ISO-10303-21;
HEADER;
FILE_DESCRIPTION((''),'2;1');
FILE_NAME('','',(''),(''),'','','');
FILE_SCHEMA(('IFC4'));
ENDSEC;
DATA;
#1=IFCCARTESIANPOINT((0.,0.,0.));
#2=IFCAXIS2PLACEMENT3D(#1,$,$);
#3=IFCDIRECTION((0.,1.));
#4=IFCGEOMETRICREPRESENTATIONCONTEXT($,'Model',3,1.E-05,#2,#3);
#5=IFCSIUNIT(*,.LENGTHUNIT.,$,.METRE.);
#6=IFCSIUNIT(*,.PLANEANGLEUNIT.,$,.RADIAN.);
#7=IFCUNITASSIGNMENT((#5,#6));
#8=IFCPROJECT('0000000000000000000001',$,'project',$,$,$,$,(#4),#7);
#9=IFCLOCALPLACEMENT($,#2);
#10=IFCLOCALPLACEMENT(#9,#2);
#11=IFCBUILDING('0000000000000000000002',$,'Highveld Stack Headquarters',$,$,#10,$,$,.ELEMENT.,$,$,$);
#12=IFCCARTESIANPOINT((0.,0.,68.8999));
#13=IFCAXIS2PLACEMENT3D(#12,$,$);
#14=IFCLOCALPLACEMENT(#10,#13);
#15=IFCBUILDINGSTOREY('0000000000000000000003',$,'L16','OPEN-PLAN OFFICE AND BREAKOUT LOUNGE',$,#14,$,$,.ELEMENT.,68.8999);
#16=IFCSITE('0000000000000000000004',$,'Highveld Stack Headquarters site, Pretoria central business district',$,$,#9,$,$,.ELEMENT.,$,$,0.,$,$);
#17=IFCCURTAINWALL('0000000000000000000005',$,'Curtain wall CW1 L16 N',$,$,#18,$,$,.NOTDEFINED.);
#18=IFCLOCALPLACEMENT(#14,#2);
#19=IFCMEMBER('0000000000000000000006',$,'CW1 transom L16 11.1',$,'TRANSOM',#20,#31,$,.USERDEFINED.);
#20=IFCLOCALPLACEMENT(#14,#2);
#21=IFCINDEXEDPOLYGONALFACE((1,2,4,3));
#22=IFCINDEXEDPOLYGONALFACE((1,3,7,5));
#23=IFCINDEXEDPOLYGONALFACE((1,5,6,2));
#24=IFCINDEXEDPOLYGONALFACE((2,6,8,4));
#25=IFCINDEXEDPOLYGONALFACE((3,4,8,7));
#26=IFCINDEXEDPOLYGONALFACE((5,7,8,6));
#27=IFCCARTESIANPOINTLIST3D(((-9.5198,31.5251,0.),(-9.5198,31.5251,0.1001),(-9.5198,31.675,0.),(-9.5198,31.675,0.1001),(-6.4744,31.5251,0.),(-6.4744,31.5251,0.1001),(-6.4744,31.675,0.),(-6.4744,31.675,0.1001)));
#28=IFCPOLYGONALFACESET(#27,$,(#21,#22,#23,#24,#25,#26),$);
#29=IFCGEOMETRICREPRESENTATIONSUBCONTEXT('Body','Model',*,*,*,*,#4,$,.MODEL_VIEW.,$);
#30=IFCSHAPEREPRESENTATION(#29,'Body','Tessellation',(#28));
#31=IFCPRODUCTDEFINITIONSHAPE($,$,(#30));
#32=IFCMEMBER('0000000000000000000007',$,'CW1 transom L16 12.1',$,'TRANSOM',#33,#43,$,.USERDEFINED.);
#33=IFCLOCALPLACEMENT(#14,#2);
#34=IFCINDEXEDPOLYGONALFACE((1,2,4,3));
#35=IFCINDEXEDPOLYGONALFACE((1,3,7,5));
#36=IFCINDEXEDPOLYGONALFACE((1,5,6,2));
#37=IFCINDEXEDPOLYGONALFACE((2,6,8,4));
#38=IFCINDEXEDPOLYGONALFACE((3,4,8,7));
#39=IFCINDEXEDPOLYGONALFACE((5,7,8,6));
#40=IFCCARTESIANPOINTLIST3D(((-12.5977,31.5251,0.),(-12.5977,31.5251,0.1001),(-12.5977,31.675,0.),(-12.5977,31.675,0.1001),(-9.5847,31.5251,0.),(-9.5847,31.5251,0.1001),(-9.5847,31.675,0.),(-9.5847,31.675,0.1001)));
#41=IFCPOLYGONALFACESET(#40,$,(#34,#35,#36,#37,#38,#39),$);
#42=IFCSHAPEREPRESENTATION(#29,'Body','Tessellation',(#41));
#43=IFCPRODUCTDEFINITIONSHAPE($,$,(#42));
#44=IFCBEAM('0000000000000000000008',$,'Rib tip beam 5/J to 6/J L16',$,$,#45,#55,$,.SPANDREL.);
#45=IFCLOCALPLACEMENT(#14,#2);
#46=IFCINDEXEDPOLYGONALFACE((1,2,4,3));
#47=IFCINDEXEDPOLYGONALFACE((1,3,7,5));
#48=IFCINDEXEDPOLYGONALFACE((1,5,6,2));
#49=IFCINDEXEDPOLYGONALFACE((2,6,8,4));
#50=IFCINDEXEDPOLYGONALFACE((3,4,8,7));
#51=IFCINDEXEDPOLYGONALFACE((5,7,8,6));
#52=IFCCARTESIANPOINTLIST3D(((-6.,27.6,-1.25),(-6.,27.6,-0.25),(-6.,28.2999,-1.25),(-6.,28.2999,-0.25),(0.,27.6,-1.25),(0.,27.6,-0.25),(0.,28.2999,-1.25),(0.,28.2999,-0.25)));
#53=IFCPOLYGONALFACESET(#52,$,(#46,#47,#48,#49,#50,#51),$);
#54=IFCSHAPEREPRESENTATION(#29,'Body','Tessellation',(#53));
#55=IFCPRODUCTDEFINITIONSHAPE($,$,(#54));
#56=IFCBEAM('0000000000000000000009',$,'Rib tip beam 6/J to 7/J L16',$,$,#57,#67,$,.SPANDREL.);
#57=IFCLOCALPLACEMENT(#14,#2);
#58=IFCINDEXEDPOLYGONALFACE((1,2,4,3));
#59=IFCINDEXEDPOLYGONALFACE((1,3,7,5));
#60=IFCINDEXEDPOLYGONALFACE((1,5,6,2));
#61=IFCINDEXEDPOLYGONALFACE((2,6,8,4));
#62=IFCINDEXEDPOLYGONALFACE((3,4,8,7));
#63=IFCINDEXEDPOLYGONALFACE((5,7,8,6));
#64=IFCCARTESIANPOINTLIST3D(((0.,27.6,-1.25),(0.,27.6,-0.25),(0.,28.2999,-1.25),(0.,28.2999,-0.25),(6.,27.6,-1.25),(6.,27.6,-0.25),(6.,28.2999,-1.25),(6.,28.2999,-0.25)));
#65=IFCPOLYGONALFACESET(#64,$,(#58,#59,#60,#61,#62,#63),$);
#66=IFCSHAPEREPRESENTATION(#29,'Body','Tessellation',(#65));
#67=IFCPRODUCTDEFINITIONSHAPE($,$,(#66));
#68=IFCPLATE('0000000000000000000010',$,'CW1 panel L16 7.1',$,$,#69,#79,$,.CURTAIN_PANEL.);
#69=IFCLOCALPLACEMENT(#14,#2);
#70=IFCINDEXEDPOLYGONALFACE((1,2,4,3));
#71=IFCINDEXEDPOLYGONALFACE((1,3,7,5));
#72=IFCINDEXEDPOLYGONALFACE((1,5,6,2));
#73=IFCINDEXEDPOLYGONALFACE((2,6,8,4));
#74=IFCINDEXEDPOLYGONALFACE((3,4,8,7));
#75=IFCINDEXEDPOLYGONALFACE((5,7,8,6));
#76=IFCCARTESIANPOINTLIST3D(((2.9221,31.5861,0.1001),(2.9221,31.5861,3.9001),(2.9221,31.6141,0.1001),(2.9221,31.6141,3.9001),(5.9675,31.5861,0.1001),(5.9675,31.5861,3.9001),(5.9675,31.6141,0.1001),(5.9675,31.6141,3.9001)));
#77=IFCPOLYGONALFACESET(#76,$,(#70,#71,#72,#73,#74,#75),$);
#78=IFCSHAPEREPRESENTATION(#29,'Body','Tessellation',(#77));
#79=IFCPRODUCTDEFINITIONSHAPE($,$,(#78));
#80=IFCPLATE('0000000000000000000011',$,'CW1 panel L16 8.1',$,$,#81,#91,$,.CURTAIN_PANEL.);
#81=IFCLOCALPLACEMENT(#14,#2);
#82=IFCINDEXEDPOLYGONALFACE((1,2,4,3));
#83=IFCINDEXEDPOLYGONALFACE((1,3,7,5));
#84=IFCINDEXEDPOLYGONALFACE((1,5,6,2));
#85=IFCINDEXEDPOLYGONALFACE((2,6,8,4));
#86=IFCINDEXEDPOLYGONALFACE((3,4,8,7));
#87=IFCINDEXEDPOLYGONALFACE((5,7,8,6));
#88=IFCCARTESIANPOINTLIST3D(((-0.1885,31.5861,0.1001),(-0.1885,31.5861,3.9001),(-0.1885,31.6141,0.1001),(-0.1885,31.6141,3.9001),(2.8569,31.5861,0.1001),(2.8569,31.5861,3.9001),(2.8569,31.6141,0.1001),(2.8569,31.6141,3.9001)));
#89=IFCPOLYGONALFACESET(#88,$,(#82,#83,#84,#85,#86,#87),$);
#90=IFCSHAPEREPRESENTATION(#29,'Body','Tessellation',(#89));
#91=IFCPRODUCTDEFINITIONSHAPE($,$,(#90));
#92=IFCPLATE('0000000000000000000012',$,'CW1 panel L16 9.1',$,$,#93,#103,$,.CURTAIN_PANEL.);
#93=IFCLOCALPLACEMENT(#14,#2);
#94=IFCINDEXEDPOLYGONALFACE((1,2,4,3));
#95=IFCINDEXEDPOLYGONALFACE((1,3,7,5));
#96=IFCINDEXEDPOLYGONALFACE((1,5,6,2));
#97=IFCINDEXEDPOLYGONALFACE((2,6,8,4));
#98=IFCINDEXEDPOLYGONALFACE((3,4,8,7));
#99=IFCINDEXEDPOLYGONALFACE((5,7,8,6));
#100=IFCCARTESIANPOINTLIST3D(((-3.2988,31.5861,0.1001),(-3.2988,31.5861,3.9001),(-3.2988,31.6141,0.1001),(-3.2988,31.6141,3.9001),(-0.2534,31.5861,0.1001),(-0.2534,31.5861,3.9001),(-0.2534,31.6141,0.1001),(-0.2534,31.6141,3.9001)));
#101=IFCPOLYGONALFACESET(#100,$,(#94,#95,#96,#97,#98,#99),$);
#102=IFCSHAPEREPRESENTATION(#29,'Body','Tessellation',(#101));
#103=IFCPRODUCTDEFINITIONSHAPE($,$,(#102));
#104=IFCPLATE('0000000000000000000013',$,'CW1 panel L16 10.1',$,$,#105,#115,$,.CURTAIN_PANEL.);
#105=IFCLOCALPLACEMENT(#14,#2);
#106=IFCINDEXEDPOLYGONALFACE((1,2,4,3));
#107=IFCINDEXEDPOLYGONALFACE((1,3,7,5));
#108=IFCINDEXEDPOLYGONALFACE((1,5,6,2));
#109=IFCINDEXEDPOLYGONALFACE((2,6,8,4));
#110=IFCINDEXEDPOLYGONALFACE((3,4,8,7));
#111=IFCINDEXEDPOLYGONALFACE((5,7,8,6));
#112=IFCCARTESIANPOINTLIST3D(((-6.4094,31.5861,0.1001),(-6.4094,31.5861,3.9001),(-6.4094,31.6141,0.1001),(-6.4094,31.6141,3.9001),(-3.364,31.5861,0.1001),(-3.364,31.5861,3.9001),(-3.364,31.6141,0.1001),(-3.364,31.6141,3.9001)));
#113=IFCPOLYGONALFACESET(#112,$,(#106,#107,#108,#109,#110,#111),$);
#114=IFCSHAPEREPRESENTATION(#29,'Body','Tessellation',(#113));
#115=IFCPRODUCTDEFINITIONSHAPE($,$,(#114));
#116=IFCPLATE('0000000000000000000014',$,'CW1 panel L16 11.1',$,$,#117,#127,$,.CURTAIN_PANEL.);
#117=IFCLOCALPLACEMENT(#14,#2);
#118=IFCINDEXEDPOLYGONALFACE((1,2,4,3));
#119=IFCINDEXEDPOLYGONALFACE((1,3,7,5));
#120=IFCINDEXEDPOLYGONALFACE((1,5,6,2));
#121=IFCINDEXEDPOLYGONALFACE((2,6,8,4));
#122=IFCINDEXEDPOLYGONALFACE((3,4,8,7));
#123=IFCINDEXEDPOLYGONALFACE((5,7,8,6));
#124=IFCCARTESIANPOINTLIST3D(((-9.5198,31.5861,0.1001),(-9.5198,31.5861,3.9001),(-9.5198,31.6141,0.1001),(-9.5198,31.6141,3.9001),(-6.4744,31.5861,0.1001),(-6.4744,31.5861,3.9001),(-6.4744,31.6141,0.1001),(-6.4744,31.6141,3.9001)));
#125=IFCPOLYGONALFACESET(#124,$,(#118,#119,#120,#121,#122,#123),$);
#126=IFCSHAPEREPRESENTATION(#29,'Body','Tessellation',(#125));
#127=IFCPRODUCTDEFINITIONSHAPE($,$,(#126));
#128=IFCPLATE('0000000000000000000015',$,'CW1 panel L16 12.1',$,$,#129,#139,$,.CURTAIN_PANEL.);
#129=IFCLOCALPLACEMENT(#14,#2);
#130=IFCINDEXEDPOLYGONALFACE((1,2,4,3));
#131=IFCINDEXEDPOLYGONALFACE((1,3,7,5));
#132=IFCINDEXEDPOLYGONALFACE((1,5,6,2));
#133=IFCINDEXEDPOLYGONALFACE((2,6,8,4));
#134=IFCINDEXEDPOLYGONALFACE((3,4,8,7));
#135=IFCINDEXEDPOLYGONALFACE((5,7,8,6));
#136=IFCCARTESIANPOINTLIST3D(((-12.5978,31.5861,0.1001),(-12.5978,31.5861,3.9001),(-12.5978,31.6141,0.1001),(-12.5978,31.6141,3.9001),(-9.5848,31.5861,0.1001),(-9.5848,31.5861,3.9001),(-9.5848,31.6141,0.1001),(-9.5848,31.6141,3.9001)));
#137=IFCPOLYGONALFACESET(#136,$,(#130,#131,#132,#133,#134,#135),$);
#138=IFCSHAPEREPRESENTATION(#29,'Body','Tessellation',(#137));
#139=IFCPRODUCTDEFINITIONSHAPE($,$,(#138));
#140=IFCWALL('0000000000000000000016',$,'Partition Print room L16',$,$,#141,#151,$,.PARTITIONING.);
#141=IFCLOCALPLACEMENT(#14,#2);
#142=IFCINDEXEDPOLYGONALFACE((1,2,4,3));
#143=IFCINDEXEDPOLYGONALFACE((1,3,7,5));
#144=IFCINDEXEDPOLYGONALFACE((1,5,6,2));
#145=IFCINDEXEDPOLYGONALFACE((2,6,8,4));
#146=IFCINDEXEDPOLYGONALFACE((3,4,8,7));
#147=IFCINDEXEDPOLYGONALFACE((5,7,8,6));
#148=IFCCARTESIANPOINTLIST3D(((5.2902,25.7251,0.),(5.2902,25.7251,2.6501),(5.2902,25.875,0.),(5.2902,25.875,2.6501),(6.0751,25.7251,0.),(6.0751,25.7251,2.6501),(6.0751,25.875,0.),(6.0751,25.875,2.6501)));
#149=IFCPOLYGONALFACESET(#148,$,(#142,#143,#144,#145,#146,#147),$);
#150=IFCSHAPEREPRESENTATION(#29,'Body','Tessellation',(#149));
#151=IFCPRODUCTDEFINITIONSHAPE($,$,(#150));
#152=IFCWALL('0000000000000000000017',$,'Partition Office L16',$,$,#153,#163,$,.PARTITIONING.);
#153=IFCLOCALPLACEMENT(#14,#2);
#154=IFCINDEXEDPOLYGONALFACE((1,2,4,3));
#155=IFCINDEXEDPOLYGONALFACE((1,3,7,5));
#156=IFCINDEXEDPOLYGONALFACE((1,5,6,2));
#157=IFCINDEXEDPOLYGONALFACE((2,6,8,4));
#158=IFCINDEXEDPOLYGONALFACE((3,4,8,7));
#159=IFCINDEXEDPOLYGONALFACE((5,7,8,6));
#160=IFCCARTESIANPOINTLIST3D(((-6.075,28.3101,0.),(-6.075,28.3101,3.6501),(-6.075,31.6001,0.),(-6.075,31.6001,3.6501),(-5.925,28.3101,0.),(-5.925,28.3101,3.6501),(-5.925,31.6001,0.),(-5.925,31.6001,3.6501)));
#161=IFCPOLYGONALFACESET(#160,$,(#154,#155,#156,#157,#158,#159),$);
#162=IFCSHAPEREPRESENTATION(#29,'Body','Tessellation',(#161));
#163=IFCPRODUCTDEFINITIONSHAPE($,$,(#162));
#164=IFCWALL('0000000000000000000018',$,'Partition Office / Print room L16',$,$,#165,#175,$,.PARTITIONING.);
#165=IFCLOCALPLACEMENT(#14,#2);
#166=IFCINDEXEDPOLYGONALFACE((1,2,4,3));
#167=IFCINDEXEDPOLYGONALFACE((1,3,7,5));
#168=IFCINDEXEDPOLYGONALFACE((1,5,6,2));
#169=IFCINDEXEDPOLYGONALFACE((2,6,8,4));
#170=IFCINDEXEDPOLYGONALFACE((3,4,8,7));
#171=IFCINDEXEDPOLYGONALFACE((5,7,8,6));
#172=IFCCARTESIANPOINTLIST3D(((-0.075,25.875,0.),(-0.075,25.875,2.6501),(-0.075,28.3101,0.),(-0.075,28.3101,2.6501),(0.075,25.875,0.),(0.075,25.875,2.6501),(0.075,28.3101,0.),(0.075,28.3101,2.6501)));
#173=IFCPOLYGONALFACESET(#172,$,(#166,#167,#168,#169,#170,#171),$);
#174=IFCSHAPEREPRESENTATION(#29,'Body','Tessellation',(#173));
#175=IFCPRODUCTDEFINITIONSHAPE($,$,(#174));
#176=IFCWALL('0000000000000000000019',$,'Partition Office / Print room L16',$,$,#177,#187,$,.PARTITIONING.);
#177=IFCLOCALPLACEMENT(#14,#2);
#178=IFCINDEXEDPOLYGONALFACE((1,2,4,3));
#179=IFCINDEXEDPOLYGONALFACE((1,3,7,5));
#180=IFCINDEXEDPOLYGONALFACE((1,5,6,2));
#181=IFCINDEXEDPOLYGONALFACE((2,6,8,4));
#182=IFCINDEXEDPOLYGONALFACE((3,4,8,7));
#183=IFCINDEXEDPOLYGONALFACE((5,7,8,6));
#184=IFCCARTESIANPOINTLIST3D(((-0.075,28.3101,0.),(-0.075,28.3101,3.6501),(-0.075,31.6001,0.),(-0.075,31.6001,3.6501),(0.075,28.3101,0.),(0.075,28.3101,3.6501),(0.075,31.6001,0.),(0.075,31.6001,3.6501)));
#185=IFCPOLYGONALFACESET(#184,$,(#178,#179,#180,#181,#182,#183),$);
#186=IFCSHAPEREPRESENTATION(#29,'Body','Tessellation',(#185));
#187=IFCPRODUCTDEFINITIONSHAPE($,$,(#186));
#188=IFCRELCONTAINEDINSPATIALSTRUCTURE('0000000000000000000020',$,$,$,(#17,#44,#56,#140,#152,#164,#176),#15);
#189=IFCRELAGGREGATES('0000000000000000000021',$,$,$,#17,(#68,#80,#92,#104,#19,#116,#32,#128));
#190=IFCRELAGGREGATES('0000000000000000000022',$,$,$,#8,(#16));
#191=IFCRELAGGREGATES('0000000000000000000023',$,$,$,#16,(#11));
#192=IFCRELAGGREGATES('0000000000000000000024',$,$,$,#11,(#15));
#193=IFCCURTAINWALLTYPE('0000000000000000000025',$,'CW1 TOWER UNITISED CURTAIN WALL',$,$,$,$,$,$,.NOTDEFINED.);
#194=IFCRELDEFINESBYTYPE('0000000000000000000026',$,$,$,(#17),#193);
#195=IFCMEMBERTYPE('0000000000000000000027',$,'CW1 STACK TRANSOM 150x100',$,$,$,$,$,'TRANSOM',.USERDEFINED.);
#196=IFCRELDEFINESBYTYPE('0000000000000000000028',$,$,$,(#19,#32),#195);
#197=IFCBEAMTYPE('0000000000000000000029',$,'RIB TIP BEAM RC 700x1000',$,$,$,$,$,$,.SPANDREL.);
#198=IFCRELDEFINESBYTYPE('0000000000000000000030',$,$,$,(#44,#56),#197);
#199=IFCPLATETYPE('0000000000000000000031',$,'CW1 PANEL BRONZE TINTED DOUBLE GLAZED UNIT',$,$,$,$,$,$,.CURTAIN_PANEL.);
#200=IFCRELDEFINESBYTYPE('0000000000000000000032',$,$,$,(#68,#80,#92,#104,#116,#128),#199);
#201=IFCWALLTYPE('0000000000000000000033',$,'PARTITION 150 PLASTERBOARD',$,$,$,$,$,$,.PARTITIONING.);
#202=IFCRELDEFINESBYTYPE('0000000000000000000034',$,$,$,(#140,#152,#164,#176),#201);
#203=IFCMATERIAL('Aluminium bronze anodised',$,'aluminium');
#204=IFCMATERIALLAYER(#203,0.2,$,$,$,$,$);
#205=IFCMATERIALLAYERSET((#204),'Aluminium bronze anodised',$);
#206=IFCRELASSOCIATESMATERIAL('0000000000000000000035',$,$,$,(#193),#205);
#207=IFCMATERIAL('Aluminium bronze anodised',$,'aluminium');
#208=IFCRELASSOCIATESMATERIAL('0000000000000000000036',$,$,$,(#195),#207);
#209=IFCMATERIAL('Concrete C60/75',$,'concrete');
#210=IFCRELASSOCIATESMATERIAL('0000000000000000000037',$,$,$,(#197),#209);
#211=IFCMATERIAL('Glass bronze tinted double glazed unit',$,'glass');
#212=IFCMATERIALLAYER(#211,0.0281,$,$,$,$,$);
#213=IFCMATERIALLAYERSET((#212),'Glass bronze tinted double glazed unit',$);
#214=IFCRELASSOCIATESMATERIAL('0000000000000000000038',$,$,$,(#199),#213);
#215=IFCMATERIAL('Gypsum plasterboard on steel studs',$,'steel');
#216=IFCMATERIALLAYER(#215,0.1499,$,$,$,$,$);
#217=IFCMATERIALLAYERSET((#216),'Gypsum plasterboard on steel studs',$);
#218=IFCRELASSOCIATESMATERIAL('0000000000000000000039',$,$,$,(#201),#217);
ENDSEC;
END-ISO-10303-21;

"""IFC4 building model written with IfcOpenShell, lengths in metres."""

from ifc_helpers import new_model, si_unit, direction, frame, frame_2d, origin, origin_2d, place, context, subcontext, project, spatial, rectangle, extrude, material, layer, layer_set, material_profile, profile_set, type_object, element, aggregate, save


model = new_model("IFC4")

# Units and contexts
model_context = context("Model", 3, precision=1e-05, world=origin(), true_north=direction((0.0, 1.0)))
body_context = subcontext(model_context, "Body", "Model", "MODEL_VIEW")
ifc_project = project(units=[si_unit("LENGTHUNIT", "METRE"), si_unit("PLANEANGLEUNIT", "RADIAN")], contexts=[model_context])

# Site, building, storey
site_placement = place(None, origin())
site = spatial("IfcSite", under=ifc_project, at=site_placement, Name="Highveld Stack Headquarters site, Pretoria central business district", CompositionType="ELEMENT", RefElevation=0.0)
building_placement = place(site_placement, origin())
building = spatial("IfcBuilding", under=site, at=building_placement, Name="Highveld Stack Headquarters", CompositionType="ELEMENT")
storey_placement = place(building_placement, frame((0.0, 0.0, 68.8999)))
storey = spatial("IfcBuildingStorey", under=building, at=storey_placement, Name="L16", Description="OPEN-PLAN OFFICE AND BREAKOUT LOUNGE", CompositionType="ELEMENT", Elevation=68.8999)

# Curtain wall, members
ifc_material_1 = material(Name="Aluminium bronze anodised", Category="aluminium")
ifc_layer_1 = layer(ifc_material_1, 0.2)
ifc_layer_set_1 = layer_set([ifc_layer_1], Name="Aluminium bronze anodised")
curtain_wall_type = type_object("IfcCurtainWallType", Name="CW1 TOWER UNITISED CURTAIN WALL", PredefinedType="NOTDEFINED", material=ifc_layer_set_1)
curtain_wall_placement = place(storey_placement, origin())
curtain_wall = element("IfcCurtainWall", 1, at=curtain_wall_placement, inside=storey, type_object=curtain_wall_type, Name="Curtain wall CW1 L16 N", PredefinedType="NOTDEFINED")
ifc_material_2 = material(Name="Aluminium bronze anodised", Category="aluminium")
ifc_material_profile_1 = material_profile(ifc_material_2, rectangle(XDim=0.1499, YDim=0.1001, at=origin_2d()), Name="CW1 TRANSOM 150x100")
ifc_profile_set_1 = profile_set([ifc_material_profile_1], Name="Aluminium bronze anodised")
member_type_1 = type_object("IfcMemberType", Name="CW1 STACK TRANSOM 150x100", ElementType="TRANSOM", PredefinedType="USERDEFINED", material=ifc_profile_set_1)
member_1_placement = place(storey_placement, frame((-6.4744, 31.6001, 0.05), z_axis=(-1.0, 0.0, 0.0), x_axis=(0.0, -1.0, 0.0)))
member_1 = element("IfcMember", 2, at=member_1_placement, type_object=member_type_1, Name="CW1 transom L16 11.1", ObjectType="TRANSOM", PredefinedType="USERDEFINED", context=body_context, shape_type="SweptSolid", body=[
    extrude(rectangle(XDim=0.1499, YDim=0.1001, at=origin_2d()), origin(), (0.0, 0.0, 1.0), 3.0454),
])
member_2_placement = place(storey_placement, frame((-9.5847, 31.6001, 0.05), z_axis=(-1.0, 0.0, 0.0), x_axis=(0.0, -1.0, 0.0)))
member_2 = element("IfcMember", 3, at=member_2_placement, type_object=member_type_1, Name="CW1 transom L16 12.1", ObjectType="TRANSOM", PredefinedType="USERDEFINED", context=body_context, shape_type="SweptSolid", body=[
    extrude(rectangle(XDim=0.1499, YDim=0.1001, at=origin_2d()), origin(), (0.0, 0.0, 1.0), 3.0129),
])

# Beams
ifc_material_3 = material(Name="Concrete C60/75", Category="concrete")
ifc_material_profile_2 = material_profile(ifc_material_3, rectangle(XDim=0.7, YDim=1.0, at=origin_2d()), Name="RC 700x1000")
ifc_profile_set_2 = profile_set([ifc_material_profile_2], Name="Concrete C60/75")
beam_type = type_object("IfcBeamType", Name="RIB TIP BEAM RC 700x1000", PredefinedType="SPANDREL", material=ifc_profile_set_2)
for number, where, z_axis, x_axis, name in (
    (4, (-6.0, 27.95, -0.75), (1.0, 0.0, 0.0), (0.0, 1.0, 0.0), "Rib tip beam 5/J to 6/J L16"),
    (5, (0.0, 27.95, -0.75), (1.0, 0.0, 0.0), (0.0, 1.0, 0.0), "Rib tip beam 6/J to 7/J L16"),
):
    element("IfcBeam", number, at=place(storey_placement, frame(where, z_axis=z_axis, x_axis=x_axis)), inside=storey, type_object=beam_type, Name=name, PredefinedType="SPANDREL", context=body_context, shape_type="SweptSolid", body=[
        extrude(rectangle(XDim=0.7, YDim=1.0, at=origin_2d()), origin(), (0.0, 0.0, 1.0), 6.0),
    ])

# Plates
ifc_material_4 = material(Name="Glass bronze tinted double glazed unit", Category="glass")
ifc_layer_2 = layer(ifc_material_4, 0.0281)
ifc_layer_set_2 = layer_set([ifc_layer_2], Name="Glass bronze tinted double glazed unit")
plate_type = type_object("IfcPlateType", Name="CW1 PANEL BRONZE TINTED DOUBLE GLAZED UNIT", PredefinedType="CURTAIN_PANEL", material=ifc_layer_set_2)
plate_1_placement = place(storey_placement, frame((4.4448, 31.6001, 0.1001), z_axis=(0.0, 0.0, 1.0), x_axis=(-1.0, 0.0, 0.0)))
plate_1 = element("IfcPlate", 6, at=plate_1_placement, type_object=plate_type, Name="CW1 panel L16 7.1", PredefinedType="CURTAIN_PANEL", context=body_context, shape_type="SweptSolid", body=[
    extrude(rectangle(XDim=3.0454, YDim=0.0281, at=origin_2d()), origin(), (0.0, 0.0, 1.0), 3.8),
])
plate_2_placement = place(storey_placement, frame((1.3342, 31.6001, 0.1001), z_axis=(0.0, 0.0, 1.0), x_axis=(-1.0, 0.0, 0.0)))
plate_2 = element("IfcPlate", 7, at=plate_2_placement, type_object=plate_type, Name="CW1 panel L16 8.1", PredefinedType="CURTAIN_PANEL", context=body_context, shape_type="SweptSolid", body=[
    extrude(rectangle(XDim=3.0454, YDim=0.0281, at=origin_2d()), origin(), (0.0, 0.0, 1.0), 3.8),
])
plate_3_placement = place(storey_placement, frame((-1.7761, 31.6001, 0.1001), z_axis=(0.0, 0.0, 1.0), x_axis=(-1.0, 0.0, 0.0)))
plate_3 = element("IfcPlate", 8, at=plate_3_placement, type_object=plate_type, Name="CW1 panel L16 9.1", PredefinedType="CURTAIN_PANEL", context=body_context, shape_type="SweptSolid", body=[
    extrude(rectangle(XDim=3.0454, YDim=0.0281, at=origin_2d()), origin(), (0.0, 0.0, 1.0), 3.8),
])
plate_4_placement = place(storey_placement, frame((-4.8867, 31.6001, 0.1001), z_axis=(0.0, 0.0, 1.0), x_axis=(-1.0, 0.0, 0.0)))
plate_4 = element("IfcPlate", 9, at=plate_4_placement, type_object=plate_type, Name="CW1 panel L16 10.1", PredefinedType="CURTAIN_PANEL", context=body_context, shape_type="SweptSolid", body=[
    extrude(rectangle(XDim=3.0454, YDim=0.0281, at=origin_2d()), origin(), (0.0, 0.0, 1.0), 3.8),
])
plate_5_placement = place(storey_placement, frame((-7.9971, 31.6001, 0.1001), z_axis=(0.0, 0.0, 1.0), x_axis=(-1.0, 0.0, 0.0)))
plate_5 = element("IfcPlate", 10, at=plate_5_placement, type_object=plate_type, Name="CW1 panel L16 11.1", PredefinedType="CURTAIN_PANEL", context=body_context, shape_type="SweptSolid", body=[
    extrude(rectangle(XDim=3.0454, YDim=0.0281, at=origin_2d()), origin(), (0.0, 0.0, 1.0), 3.8),
])
plate_6_placement = place(storey_placement, frame((-11.0913, 31.6001, 0.1001), z_axis=(0.0, 0.0, 1.0), x_axis=(-1.0, 0.0, 0.0)))
plate_6 = element("IfcPlate", 11, at=plate_6_placement, type_object=plate_type, Name="CW1 panel L16 12.1", PredefinedType="CURTAIN_PANEL", context=body_context, shape_type="SweptSolid", body=[
    extrude(rectangle(XDim=3.0129, YDim=0.0281, at=origin_2d()), origin(), (0.0, 0.0, 1.0), 3.8),
])
aggregate(curtain_wall, [plate_1, plate_2, plate_3, plate_4, member_1, plate_5, member_2, plate_6])

# Walls
ifc_material_5 = material(Name="Gypsum plasterboard on steel studs", Category="steel")
ifc_layer_3 = layer(ifc_material_5, 0.1499)
ifc_layer_set_3 = layer_set([ifc_layer_3], Name="Gypsum plasterboard on steel studs")
wall_type = type_object("IfcWallType", Name="PARTITION 150 PLASTERBOARD", PredefinedType="PARTITIONING", material=ifc_layer_set_3)
wall_1_placement = place(storey_placement, frame((5.29, 25.8, 0.0), z_axis=(0.0, 0.0, 1.0), x_axis=(1.0, 0.0, 0.0)))
element("IfcWall", 12, at=wall_1_placement, inside=storey, type_object=wall_type, Name="Partition Print room L16", PredefinedType="PARTITIONING", context=body_context, shape_type="SweptSolid", body=[
    extrude(rectangle(XDim=0.7849, YDim=0.1499, at=frame_2d((0.3926, 0.0))), origin(), (0.0, 0.0, 1.0), 2.6501),
])
wall_2_placement = place(storey_placement, frame((-6.0, 28.3101, 0.0), z_axis=(0.0, 0.0, 1.0), x_axis=(0.0, 1.0, 0.0)))
element("IfcWall", 13, at=wall_2_placement, inside=storey, type_object=wall_type, Name="Partition Office L16", PredefinedType="PARTITIONING", context=body_context, shape_type="SweptSolid", body=[
    extrude(rectangle(XDim=3.29, YDim=0.1499, at=frame_2d((1.645, 0.0))), origin(), (0.0, 0.0, 1.0), 3.6501),
])
wall_3_placement = place(storey_placement, frame((0.0, 25.875, 0.0), z_axis=(0.0, 0.0, 1.0), x_axis=(0.0, 1.0, 0.0)))
element("IfcWall", 14, at=wall_3_placement, inside=storey, type_object=wall_type, Name="Partition Office / Print room L16", PredefinedType="PARTITIONING", context=body_context, shape_type="SweptSolid", body=[
    extrude(rectangle(XDim=2.4351, YDim=0.1499, at=frame_2d((1.2175, 0.0))), origin(), (0.0, 0.0, 1.0), 2.6501),
])
wall_4_placement = place(storey_placement, frame((0.0, 28.3101, 0.0), z_axis=(0.0, 0.0, 1.0), x_axis=(0.0, 1.0, 0.0)))
element("IfcWall", 15, at=wall_4_placement, inside=storey, type_object=wall_type, Name="Partition Office / Print room L16", PredefinedType="PARTITIONING", context=body_context, shape_type="SweptSolid", body=[
    extrude(rectangle(XDim=3.29, YDim=0.1499, at=frame_2d((1.645, 0.0))), origin(), (0.0, 0.0, 1.0), 3.6501),
])

save(model, "model.ifc")
